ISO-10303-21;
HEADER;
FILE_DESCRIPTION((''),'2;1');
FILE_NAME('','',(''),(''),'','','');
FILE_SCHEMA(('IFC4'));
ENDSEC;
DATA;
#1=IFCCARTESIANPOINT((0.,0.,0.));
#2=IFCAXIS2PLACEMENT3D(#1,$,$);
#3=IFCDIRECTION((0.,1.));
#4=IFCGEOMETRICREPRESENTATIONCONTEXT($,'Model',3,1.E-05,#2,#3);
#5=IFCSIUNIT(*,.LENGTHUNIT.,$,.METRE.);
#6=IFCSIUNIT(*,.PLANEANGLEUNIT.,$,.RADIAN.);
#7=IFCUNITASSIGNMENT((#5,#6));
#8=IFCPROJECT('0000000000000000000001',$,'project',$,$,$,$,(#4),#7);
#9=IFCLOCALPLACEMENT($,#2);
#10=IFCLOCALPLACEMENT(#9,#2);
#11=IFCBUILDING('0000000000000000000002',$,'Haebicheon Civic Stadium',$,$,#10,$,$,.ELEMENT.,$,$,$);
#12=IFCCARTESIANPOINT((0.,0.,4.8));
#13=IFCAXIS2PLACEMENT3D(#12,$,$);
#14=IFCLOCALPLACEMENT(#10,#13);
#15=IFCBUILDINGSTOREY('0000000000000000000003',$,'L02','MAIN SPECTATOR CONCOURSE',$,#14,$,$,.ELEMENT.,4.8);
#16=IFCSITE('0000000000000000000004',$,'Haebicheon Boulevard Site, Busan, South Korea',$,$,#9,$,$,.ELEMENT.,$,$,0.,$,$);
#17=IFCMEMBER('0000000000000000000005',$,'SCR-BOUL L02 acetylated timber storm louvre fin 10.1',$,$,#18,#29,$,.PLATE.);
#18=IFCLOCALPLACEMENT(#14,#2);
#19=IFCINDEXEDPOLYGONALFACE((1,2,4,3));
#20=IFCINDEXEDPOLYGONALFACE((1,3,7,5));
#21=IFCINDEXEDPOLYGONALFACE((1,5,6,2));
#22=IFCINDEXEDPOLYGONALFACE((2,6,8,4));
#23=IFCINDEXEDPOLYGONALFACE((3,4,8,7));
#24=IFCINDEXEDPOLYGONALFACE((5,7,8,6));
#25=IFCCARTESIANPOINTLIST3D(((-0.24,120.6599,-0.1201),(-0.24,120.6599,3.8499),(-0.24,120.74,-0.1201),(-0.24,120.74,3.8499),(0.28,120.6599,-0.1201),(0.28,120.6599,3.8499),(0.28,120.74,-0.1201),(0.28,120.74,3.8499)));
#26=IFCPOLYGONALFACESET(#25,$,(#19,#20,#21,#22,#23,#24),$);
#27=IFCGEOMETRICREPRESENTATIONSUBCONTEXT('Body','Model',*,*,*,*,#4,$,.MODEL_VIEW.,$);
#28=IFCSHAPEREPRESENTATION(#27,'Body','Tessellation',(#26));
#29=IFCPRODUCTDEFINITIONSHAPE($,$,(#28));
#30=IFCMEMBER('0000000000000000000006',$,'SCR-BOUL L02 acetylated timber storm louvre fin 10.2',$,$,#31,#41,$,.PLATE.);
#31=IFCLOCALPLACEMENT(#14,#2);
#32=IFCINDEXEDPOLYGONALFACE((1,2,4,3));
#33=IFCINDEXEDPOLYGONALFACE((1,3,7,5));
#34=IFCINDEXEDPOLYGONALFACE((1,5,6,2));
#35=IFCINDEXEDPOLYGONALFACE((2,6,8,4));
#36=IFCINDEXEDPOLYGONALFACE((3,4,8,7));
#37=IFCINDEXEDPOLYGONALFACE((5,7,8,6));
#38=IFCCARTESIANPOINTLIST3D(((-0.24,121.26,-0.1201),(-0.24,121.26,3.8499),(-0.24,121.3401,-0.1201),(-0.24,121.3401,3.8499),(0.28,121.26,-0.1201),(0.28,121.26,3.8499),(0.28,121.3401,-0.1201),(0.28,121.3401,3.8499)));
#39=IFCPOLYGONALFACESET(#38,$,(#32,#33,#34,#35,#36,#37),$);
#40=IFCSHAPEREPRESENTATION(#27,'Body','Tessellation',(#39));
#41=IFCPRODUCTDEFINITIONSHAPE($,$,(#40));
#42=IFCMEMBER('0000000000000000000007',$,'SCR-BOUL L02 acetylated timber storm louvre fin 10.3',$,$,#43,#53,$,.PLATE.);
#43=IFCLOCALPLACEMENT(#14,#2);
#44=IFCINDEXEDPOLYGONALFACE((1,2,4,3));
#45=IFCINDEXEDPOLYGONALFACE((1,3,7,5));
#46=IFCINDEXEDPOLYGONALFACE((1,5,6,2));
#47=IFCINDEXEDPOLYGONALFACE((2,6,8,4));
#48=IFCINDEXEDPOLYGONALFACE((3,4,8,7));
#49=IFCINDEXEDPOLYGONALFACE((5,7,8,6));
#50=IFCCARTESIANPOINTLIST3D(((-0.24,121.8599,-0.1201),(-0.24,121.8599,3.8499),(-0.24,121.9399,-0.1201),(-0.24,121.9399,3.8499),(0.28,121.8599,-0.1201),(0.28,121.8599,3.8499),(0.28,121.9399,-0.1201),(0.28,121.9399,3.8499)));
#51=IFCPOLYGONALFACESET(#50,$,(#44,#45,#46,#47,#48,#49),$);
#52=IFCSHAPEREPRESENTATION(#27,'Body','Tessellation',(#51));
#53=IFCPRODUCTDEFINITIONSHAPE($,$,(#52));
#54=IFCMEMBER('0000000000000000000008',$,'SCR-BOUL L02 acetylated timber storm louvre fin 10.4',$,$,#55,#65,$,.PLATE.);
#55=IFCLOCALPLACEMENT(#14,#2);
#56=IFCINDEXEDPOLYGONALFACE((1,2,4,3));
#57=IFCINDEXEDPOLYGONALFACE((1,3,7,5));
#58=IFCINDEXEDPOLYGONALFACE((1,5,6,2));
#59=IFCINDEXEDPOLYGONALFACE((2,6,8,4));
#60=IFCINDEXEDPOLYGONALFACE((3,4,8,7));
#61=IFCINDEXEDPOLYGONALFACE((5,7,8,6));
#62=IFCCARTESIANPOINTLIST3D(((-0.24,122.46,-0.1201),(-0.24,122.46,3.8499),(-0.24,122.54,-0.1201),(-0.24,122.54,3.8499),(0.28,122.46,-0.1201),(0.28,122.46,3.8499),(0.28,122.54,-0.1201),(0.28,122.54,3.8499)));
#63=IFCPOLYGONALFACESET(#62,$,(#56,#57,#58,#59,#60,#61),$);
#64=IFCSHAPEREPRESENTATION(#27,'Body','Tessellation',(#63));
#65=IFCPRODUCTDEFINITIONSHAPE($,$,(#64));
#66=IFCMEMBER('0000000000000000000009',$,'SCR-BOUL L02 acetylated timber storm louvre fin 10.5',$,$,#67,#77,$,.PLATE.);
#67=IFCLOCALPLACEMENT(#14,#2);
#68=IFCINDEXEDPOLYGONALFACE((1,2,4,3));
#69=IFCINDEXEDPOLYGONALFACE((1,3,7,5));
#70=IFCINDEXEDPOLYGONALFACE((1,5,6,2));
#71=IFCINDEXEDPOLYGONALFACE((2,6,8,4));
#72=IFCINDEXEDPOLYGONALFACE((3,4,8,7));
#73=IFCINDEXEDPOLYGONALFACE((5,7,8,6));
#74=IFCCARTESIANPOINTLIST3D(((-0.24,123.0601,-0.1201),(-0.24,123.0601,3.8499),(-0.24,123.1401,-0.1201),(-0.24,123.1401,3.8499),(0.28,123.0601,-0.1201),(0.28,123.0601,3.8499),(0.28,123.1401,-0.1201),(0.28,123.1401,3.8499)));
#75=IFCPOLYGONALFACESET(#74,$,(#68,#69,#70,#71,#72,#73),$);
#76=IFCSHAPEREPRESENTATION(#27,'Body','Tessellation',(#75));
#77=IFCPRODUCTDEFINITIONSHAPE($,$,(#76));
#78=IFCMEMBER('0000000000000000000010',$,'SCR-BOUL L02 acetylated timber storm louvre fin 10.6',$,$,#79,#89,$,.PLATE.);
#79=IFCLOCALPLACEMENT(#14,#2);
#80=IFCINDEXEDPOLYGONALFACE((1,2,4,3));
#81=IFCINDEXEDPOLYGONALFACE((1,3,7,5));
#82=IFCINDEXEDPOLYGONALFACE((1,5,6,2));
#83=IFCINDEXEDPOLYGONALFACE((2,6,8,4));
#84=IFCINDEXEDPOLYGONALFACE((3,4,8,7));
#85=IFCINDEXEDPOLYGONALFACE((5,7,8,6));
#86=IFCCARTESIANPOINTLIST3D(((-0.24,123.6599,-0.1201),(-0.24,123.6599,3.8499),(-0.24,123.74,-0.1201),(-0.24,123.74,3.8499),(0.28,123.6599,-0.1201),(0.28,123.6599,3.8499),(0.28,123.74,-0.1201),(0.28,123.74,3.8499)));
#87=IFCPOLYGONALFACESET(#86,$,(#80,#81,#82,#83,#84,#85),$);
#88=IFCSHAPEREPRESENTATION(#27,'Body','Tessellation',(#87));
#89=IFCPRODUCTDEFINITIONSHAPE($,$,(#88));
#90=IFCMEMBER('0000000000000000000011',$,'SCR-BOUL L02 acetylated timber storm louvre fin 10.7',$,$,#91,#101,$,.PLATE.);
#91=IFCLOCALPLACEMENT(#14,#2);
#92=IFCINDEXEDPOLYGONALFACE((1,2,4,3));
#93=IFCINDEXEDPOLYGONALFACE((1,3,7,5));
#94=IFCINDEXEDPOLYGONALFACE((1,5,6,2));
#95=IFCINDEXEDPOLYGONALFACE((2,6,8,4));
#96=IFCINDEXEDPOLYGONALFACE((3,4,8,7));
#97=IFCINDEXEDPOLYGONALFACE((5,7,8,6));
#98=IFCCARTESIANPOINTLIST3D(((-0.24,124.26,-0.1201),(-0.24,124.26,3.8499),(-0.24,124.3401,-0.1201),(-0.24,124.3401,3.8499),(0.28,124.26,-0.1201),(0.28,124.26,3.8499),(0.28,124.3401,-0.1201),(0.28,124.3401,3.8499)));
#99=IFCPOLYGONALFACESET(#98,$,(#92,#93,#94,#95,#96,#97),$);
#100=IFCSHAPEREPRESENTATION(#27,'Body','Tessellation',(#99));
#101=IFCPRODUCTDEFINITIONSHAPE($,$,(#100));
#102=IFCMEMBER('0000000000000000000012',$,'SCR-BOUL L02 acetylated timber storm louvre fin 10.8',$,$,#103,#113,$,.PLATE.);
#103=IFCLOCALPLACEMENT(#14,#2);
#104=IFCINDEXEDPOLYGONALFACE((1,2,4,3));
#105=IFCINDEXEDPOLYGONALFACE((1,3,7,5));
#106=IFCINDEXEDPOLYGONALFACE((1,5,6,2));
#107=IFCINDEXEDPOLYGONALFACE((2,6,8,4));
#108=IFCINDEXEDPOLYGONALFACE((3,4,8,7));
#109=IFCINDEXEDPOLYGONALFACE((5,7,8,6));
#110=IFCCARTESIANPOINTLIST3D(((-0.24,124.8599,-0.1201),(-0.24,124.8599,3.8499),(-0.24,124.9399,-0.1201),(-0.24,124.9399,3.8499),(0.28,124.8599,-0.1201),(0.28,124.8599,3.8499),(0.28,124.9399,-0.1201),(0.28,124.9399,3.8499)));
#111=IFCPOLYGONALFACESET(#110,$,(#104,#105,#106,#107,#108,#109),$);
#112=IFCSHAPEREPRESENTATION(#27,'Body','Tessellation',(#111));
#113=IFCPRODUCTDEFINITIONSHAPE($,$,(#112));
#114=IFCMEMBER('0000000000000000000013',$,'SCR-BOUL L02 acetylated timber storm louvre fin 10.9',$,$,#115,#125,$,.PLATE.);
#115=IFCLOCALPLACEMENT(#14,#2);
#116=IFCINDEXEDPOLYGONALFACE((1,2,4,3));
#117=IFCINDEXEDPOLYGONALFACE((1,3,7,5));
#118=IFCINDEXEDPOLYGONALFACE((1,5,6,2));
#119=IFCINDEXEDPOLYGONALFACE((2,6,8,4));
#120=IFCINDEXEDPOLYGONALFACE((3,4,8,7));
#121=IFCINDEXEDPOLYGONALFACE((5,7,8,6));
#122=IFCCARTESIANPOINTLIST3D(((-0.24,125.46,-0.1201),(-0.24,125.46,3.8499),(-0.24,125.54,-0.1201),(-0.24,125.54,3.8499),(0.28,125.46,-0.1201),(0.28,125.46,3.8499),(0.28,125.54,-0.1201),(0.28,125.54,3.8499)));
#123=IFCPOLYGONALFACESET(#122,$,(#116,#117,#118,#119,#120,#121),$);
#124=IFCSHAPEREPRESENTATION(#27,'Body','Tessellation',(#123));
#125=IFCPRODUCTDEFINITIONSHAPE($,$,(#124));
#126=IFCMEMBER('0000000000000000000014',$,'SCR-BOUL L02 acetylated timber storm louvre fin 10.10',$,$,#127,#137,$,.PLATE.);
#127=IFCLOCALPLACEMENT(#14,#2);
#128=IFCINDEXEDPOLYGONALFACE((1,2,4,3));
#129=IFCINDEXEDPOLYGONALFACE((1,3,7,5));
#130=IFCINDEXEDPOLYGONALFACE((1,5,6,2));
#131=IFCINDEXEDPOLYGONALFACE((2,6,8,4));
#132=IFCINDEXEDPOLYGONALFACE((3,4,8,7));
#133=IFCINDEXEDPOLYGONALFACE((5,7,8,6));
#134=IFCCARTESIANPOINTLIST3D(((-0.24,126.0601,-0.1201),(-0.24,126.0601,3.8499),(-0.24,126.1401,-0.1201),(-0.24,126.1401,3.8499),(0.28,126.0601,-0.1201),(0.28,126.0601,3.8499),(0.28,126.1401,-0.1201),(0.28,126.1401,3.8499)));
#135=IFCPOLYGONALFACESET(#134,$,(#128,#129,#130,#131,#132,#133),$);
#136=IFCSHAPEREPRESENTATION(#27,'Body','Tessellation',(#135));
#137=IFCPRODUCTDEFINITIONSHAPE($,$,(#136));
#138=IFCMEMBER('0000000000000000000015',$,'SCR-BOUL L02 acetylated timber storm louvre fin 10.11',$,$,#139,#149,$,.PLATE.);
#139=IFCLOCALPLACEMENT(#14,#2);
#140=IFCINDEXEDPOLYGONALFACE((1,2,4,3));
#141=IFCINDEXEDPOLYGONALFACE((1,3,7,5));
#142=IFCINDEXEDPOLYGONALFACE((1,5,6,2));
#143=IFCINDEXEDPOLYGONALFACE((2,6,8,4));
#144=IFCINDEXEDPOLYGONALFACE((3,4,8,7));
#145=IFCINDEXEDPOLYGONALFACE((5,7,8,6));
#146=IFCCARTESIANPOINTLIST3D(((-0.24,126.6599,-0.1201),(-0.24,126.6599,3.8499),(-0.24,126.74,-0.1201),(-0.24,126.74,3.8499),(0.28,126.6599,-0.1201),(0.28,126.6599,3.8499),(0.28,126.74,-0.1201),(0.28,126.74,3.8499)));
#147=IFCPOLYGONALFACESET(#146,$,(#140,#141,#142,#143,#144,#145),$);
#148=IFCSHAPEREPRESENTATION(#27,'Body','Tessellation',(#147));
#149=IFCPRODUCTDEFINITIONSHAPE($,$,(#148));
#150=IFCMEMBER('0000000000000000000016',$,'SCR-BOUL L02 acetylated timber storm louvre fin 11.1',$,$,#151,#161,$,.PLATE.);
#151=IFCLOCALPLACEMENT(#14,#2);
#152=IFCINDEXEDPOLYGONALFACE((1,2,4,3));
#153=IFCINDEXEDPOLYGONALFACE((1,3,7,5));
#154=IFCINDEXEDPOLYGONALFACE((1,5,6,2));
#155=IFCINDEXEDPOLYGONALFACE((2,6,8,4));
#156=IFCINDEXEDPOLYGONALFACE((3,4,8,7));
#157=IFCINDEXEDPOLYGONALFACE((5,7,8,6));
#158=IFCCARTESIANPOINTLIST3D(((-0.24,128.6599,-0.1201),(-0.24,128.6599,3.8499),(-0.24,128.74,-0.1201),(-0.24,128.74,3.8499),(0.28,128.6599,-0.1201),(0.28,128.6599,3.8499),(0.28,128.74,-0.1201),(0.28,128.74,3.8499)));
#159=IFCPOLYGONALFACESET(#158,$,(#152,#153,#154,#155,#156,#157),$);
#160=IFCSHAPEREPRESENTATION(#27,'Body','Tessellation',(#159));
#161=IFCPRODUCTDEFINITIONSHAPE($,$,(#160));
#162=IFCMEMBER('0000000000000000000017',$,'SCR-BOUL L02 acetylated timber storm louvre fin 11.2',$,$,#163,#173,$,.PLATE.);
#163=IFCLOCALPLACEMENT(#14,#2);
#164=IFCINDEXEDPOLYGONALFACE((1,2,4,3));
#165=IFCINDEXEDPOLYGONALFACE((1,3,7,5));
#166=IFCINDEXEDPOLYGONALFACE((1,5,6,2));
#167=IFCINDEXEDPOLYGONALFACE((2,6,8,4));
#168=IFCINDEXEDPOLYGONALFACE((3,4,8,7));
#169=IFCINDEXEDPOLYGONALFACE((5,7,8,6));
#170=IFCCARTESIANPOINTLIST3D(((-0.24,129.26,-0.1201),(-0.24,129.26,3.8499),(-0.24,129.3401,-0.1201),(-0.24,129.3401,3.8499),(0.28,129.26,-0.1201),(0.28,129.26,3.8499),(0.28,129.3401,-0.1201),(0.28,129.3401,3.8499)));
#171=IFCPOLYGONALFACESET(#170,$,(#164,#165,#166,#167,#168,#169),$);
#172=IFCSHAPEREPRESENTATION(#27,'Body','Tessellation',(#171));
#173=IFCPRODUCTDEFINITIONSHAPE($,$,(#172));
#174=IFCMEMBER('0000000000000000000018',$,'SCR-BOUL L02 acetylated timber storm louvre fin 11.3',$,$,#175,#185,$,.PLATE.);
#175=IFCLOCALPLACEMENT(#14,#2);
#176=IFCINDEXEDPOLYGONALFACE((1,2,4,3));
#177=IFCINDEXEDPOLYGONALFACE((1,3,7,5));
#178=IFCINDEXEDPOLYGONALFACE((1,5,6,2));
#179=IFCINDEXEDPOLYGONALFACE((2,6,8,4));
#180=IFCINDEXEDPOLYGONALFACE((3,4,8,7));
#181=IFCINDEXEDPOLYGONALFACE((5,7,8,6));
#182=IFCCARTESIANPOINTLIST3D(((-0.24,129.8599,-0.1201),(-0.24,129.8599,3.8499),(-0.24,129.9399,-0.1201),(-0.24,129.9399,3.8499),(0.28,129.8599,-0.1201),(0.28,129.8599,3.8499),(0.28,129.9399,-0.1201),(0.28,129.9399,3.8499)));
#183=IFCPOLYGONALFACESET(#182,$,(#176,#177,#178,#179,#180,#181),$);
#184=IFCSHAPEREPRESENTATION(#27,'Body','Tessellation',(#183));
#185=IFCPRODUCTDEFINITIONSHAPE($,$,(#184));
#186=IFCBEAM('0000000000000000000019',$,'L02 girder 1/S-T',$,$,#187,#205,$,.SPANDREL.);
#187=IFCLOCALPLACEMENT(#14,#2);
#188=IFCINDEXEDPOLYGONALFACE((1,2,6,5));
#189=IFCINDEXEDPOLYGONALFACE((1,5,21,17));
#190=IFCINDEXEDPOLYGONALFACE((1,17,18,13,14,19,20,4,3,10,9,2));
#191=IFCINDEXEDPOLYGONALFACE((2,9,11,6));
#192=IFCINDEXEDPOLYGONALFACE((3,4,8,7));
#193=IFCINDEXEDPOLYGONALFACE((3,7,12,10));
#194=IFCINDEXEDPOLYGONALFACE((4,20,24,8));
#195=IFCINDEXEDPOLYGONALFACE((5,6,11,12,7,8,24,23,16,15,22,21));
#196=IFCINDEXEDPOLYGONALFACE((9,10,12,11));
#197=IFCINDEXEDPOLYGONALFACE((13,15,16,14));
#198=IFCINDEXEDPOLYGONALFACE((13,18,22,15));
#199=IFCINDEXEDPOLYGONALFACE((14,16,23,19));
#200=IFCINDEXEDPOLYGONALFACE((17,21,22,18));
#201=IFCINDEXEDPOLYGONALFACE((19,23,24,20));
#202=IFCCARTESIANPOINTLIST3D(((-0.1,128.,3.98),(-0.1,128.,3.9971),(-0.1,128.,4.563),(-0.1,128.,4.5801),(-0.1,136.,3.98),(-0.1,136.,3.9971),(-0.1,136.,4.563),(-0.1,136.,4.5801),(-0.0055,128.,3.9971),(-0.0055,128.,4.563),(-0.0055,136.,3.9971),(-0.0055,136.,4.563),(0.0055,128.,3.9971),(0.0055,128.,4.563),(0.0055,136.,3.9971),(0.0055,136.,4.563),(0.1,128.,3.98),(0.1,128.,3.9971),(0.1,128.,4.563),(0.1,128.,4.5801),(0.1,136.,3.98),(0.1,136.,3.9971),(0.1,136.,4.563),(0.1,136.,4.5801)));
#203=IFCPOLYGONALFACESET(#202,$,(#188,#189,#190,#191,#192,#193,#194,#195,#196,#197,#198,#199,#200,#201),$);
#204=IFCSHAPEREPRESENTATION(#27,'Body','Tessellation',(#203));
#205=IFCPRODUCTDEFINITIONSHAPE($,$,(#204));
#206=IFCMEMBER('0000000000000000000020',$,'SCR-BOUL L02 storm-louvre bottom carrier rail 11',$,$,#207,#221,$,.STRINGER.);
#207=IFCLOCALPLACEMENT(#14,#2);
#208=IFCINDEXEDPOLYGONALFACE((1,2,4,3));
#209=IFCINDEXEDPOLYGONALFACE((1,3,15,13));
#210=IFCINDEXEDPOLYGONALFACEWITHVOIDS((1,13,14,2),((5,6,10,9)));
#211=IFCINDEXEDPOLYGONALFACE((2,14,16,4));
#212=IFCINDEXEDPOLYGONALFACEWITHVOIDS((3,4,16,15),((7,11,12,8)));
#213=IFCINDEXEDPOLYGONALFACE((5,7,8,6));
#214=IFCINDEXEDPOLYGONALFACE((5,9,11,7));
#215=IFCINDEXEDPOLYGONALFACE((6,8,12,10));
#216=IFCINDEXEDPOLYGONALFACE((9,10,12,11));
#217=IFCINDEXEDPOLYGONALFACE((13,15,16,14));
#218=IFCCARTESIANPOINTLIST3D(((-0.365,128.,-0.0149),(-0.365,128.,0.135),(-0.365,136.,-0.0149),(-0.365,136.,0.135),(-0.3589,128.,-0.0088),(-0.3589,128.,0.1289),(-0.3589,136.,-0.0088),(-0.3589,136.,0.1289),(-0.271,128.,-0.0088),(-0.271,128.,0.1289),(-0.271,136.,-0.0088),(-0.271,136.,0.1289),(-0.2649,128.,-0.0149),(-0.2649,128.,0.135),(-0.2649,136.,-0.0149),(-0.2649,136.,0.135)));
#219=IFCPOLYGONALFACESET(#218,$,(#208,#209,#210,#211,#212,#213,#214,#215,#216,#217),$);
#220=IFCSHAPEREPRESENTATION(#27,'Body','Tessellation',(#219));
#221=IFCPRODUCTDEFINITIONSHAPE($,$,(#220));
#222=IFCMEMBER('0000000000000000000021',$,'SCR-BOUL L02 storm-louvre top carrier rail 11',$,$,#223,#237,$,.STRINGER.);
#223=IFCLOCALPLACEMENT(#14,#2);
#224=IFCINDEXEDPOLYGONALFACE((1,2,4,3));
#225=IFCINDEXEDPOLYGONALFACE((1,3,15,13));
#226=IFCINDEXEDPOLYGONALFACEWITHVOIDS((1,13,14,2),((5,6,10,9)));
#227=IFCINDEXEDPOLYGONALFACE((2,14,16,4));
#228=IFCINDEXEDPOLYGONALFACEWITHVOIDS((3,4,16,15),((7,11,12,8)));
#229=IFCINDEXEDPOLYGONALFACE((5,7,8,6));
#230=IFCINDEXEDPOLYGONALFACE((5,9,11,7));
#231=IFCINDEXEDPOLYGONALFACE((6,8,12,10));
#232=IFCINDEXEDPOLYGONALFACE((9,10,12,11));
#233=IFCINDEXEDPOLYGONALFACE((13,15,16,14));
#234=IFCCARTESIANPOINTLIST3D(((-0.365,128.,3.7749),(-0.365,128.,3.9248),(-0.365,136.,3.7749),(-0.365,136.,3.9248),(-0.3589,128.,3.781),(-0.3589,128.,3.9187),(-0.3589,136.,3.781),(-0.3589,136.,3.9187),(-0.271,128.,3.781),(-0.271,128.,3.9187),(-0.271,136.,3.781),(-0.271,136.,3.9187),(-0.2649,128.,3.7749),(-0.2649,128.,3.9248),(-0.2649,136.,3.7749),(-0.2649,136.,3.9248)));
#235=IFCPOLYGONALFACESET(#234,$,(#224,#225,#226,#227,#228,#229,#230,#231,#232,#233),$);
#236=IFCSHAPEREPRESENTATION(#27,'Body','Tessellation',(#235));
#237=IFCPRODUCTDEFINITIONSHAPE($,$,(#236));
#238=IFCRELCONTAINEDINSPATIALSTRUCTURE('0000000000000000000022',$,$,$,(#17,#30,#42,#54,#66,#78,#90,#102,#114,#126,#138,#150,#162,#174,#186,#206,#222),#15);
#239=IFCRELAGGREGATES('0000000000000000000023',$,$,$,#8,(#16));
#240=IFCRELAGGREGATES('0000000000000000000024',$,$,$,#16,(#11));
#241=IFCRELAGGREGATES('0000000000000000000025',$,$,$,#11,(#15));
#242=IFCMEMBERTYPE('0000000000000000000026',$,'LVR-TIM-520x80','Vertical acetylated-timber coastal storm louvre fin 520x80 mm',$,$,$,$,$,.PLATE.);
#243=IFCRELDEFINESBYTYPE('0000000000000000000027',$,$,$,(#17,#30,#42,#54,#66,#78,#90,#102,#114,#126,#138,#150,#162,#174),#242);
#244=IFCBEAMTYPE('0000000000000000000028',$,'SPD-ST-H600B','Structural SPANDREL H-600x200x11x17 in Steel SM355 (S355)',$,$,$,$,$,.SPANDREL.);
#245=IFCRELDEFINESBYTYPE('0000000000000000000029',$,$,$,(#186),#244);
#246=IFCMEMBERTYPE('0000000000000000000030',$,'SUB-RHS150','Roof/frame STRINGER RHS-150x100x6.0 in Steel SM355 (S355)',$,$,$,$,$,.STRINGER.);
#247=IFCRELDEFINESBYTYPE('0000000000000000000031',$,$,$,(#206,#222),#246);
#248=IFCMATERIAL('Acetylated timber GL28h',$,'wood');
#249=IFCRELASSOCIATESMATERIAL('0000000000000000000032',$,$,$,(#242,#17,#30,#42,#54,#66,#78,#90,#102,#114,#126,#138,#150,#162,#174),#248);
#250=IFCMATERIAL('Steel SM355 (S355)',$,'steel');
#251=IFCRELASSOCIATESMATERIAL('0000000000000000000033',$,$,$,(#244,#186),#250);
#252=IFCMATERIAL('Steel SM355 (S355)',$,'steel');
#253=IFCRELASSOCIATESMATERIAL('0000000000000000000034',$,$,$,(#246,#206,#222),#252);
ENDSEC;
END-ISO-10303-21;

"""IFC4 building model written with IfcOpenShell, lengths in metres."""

from ifc_helpers import new_model, si_unit, direction, frame, origin, origin_2d, place, context, subcontext, project, spatial, rectangle, hollow_rectangle, i_section, extrude, material, material_profile, profile_set, type_object, element, save


model = new_model("IFC4")

# Units and contexts
model_context = context("Model", 3, precision=1e-05, world=origin(), true_north=direction((0.0, 1.0)))
body_context = subcontext(model_context, "Body", "Model", "MODEL_VIEW")
ifc_project = project(units=[si_unit("LENGTHUNIT", "METRE"), si_unit("PLANEANGLEUNIT", "RADIAN")], contexts=[model_context])

# Site, building, storey
site_placement = place(None, origin())
site = spatial("IfcSite", under=ifc_project, at=site_placement, Name="Haebicheon Boulevard Site, Busan, South Korea", CompositionType="ELEMENT", RefElevation=0.0)
building_placement = place(site_placement, origin())
building = spatial("IfcBuilding", under=site, at=building_placement, Name="Haebicheon Civic Stadium", CompositionType="ELEMENT")
storey_placement = place(building_placement, frame((0.0, 0.0, 4.8)))
storey = spatial("IfcBuildingStorey", under=building, at=storey_placement, Name="L02", Description="MAIN SPECTATOR CONCOURSE", CompositionType="ELEMENT", Elevation=4.8)

# Members
ifc_material_1 = material(Name="Acetylated timber GL28h", Category="wood")
ifc_material_profile_1 = material_profile(ifc_material_1, rectangle(XDim=0.0801, YDim=0.52, at=origin_2d()), Name="TMB-LOUV-80x520")
ifc_profile_set_1 = profile_set([ifc_material_profile_1], Name="Acetylated timber GL28h")
member_type_1 = type_object("IfcMemberType", Name="LVR-TIM-520x80", Description="Vertical acetylated-timber coastal storm louvre fin 520x80 mm", PredefinedType="PLATE", material=ifc_profile_set_1)
for number, where, z_axis, x_axis, name in (
    (1, (0.02, 120.7, -0.1201), (0.0, 0.0, 1.0), (0.0, 1.0, 0.0), "SCR-BOUL L02 acetylated timber storm louvre fin 10.1"),
    (2, (0.02, 121.3, -0.1201), (0.0, 0.0, 1.0), (0.0, 1.0, 0.0), "SCR-BOUL L02 acetylated timber storm louvre fin 10.2"),
    (3, (0.02, 121.8999, -0.1201), (0.0, 0.0, 1.0), (0.0, 1.0, 0.0), "SCR-BOUL L02 acetylated timber storm louvre fin 10.3"),
    (4, (0.02, 122.5, -0.1201), (0.0, 0.0, 1.0), (0.0, 1.0, 0.0), "SCR-BOUL L02 acetylated timber storm louvre fin 10.4"),
    (5, (0.02, 123.1001, -0.1201), (0.0, 0.0, 1.0), (0.0, 1.0, 0.0), "SCR-BOUL L02 acetylated timber storm louvre fin 10.5"),
    (6, (0.02, 123.7, -0.1201), (0.0, 0.0, 1.0), (0.0, 1.0, 0.0), "SCR-BOUL L02 acetylated timber storm louvre fin 10.6"),
    (7, (0.02, 124.3, -0.1201), (0.0, 0.0, 1.0), (0.0, 1.0, 0.0), "SCR-BOUL L02 acetylated timber storm louvre fin 10.7"),
    (8, (0.02, 124.8999, -0.1201), (0.0, 0.0, 1.0), (0.0, 1.0, 0.0), "SCR-BOUL L02 acetylated timber storm louvre fin 10.8"),
    (9, (0.02, 125.5, -0.1201), (0.0, 0.0, 1.0), (0.0, 1.0, 0.0), "SCR-BOUL L02 acetylated timber storm louvre fin 10.9"),
    (10, (0.02, 126.1001, -0.1201), (0.0, 0.0, 1.0), (0.0, 1.0, 0.0), "SCR-BOUL L02 acetylated timber storm louvre fin 10.10"),
    (11, (0.02, 126.7, -0.1201), (0.0, 0.0, 1.0), (0.0, 1.0, 0.0), "SCR-BOUL L02 acetylated timber storm louvre fin 10.11"),
    (12, (0.02, 128.7, -0.1201), (0.0, 0.0, 1.0), (0.0, 1.0, 0.0), "SCR-BOUL L02 acetylated timber storm louvre fin 11.1"),
    (13, (0.02, 129.3, -0.1201), (0.0, 0.0, 1.0), (0.0, 1.0, 0.0), "SCR-BOUL L02 acetylated timber storm louvre fin 11.2"),
    (14, (0.02, 129.8999, -0.1201), (0.0, 0.0, 1.0), (0.0, 1.0, 0.0), "SCR-BOUL L02 acetylated timber storm louvre fin 11.3"),
):
    element("IfcMember", number, at=place(storey_placement, frame(where, z_axis=z_axis, x_axis=x_axis)), inside=storey, type_object=member_type_1, material=ifc_profile_set_1, Name=name, PredefinedType="PLATE", context=body_context, shape_type="SweptSolid", body=[
        extrude(rectangle(XDim=0.0801, YDim=0.52, at=origin_2d()), origin(), (0.0, 0.0, 1.0), 3.97),
    ])

# Beam
ifc_material_2 = material(Name="Steel SM355 (S355)", Category="steel")
ifc_material_profile_2 = material_profile(ifc_material_2, i_section(OverallWidth=0.2, OverallDepth=0.6001, WebThickness=0.011, FlangeThickness=0.0171, at=origin_2d()), Name="H-600x200x11x17")
ifc_profile_set_2 = profile_set([ifc_material_profile_2], Name="Steel SM355 (S355)")
beam_type_1 = type_object("IfcBeamType", Name="SPD-ST-H600B", Description="Structural SPANDREL H-600x200x11x17 in Steel SM355 (S355)", PredefinedType="SPANDREL", material=ifc_profile_set_2)
beam_1_placement = place(storey_placement, frame((0.0, 128.0, 4.28), z_axis=(0.0, 1.0, 0.0), x_axis=(-1.0, 0.0, 0.0)))
element("IfcBeam", 15, at=beam_1_placement, inside=storey, type_object=beam_type_1, material=ifc_profile_set_2, Name="L02 girder 1/S-T", PredefinedType="SPANDREL", context=body_context, shape_type="SweptSolid", body=[
    extrude(i_section(OverallWidth=0.2, OverallDepth=0.6001, WebThickness=0.011, FlangeThickness=0.0171, at=origin_2d()), origin(), (0.0, 0.0, 1.0), 8.0),
])

# Members
ifc_material_3 = material(Name="Steel SM355 (S355)", Category="steel")
ifc_material_profile_3 = material_profile(ifc_material_3, hollow_rectangle(XDim=0.1001, YDim=0.1499, WallThickness=0.0061, at=origin_2d()), Name="RHS-150x100x6.0")
ifc_profile_set_3 = profile_set([ifc_material_profile_3], Name="Steel SM355 (S355)")
member_type_2 = type_object("IfcMemberType", Name="SUB-RHS150", Description="Roof/frame STRINGER RHS-150x100x6.0 in Steel SM355 (S355)", PredefinedType="STRINGER", material=ifc_profile_set_3)
for number, where, z_axis, x_axis, name in (
    (16, (-0.3149, 128.0, 0.0601), (0.0, 1.0, 0.0), (-1.0, 0.0, 0.0), "SCR-BOUL L02 storm-louvre bottom carrier rail 11"),
    (17, (-0.3149, 128.0, 3.8499), (0.0, 1.0, 0.0), (-1.0, 0.0, 0.0), "SCR-BOUL L02 storm-louvre top carrier rail 11"),
):
    element("IfcMember", number, at=place(storey_placement, frame(where, z_axis=z_axis, x_axis=x_axis)), inside=storey, type_object=member_type_2, material=ifc_profile_set_3, Name=name, PredefinedType="STRINGER", context=body_context, shape_type="SweptSolid", body=[
        extrude(hollow_rectangle(XDim=0.1001, YDim=0.1499, WallThickness=0.0061, at=origin_2d()), origin(), (0.0, 0.0, 1.0), 8.0),
    ])

save(model, "model.ifc")
